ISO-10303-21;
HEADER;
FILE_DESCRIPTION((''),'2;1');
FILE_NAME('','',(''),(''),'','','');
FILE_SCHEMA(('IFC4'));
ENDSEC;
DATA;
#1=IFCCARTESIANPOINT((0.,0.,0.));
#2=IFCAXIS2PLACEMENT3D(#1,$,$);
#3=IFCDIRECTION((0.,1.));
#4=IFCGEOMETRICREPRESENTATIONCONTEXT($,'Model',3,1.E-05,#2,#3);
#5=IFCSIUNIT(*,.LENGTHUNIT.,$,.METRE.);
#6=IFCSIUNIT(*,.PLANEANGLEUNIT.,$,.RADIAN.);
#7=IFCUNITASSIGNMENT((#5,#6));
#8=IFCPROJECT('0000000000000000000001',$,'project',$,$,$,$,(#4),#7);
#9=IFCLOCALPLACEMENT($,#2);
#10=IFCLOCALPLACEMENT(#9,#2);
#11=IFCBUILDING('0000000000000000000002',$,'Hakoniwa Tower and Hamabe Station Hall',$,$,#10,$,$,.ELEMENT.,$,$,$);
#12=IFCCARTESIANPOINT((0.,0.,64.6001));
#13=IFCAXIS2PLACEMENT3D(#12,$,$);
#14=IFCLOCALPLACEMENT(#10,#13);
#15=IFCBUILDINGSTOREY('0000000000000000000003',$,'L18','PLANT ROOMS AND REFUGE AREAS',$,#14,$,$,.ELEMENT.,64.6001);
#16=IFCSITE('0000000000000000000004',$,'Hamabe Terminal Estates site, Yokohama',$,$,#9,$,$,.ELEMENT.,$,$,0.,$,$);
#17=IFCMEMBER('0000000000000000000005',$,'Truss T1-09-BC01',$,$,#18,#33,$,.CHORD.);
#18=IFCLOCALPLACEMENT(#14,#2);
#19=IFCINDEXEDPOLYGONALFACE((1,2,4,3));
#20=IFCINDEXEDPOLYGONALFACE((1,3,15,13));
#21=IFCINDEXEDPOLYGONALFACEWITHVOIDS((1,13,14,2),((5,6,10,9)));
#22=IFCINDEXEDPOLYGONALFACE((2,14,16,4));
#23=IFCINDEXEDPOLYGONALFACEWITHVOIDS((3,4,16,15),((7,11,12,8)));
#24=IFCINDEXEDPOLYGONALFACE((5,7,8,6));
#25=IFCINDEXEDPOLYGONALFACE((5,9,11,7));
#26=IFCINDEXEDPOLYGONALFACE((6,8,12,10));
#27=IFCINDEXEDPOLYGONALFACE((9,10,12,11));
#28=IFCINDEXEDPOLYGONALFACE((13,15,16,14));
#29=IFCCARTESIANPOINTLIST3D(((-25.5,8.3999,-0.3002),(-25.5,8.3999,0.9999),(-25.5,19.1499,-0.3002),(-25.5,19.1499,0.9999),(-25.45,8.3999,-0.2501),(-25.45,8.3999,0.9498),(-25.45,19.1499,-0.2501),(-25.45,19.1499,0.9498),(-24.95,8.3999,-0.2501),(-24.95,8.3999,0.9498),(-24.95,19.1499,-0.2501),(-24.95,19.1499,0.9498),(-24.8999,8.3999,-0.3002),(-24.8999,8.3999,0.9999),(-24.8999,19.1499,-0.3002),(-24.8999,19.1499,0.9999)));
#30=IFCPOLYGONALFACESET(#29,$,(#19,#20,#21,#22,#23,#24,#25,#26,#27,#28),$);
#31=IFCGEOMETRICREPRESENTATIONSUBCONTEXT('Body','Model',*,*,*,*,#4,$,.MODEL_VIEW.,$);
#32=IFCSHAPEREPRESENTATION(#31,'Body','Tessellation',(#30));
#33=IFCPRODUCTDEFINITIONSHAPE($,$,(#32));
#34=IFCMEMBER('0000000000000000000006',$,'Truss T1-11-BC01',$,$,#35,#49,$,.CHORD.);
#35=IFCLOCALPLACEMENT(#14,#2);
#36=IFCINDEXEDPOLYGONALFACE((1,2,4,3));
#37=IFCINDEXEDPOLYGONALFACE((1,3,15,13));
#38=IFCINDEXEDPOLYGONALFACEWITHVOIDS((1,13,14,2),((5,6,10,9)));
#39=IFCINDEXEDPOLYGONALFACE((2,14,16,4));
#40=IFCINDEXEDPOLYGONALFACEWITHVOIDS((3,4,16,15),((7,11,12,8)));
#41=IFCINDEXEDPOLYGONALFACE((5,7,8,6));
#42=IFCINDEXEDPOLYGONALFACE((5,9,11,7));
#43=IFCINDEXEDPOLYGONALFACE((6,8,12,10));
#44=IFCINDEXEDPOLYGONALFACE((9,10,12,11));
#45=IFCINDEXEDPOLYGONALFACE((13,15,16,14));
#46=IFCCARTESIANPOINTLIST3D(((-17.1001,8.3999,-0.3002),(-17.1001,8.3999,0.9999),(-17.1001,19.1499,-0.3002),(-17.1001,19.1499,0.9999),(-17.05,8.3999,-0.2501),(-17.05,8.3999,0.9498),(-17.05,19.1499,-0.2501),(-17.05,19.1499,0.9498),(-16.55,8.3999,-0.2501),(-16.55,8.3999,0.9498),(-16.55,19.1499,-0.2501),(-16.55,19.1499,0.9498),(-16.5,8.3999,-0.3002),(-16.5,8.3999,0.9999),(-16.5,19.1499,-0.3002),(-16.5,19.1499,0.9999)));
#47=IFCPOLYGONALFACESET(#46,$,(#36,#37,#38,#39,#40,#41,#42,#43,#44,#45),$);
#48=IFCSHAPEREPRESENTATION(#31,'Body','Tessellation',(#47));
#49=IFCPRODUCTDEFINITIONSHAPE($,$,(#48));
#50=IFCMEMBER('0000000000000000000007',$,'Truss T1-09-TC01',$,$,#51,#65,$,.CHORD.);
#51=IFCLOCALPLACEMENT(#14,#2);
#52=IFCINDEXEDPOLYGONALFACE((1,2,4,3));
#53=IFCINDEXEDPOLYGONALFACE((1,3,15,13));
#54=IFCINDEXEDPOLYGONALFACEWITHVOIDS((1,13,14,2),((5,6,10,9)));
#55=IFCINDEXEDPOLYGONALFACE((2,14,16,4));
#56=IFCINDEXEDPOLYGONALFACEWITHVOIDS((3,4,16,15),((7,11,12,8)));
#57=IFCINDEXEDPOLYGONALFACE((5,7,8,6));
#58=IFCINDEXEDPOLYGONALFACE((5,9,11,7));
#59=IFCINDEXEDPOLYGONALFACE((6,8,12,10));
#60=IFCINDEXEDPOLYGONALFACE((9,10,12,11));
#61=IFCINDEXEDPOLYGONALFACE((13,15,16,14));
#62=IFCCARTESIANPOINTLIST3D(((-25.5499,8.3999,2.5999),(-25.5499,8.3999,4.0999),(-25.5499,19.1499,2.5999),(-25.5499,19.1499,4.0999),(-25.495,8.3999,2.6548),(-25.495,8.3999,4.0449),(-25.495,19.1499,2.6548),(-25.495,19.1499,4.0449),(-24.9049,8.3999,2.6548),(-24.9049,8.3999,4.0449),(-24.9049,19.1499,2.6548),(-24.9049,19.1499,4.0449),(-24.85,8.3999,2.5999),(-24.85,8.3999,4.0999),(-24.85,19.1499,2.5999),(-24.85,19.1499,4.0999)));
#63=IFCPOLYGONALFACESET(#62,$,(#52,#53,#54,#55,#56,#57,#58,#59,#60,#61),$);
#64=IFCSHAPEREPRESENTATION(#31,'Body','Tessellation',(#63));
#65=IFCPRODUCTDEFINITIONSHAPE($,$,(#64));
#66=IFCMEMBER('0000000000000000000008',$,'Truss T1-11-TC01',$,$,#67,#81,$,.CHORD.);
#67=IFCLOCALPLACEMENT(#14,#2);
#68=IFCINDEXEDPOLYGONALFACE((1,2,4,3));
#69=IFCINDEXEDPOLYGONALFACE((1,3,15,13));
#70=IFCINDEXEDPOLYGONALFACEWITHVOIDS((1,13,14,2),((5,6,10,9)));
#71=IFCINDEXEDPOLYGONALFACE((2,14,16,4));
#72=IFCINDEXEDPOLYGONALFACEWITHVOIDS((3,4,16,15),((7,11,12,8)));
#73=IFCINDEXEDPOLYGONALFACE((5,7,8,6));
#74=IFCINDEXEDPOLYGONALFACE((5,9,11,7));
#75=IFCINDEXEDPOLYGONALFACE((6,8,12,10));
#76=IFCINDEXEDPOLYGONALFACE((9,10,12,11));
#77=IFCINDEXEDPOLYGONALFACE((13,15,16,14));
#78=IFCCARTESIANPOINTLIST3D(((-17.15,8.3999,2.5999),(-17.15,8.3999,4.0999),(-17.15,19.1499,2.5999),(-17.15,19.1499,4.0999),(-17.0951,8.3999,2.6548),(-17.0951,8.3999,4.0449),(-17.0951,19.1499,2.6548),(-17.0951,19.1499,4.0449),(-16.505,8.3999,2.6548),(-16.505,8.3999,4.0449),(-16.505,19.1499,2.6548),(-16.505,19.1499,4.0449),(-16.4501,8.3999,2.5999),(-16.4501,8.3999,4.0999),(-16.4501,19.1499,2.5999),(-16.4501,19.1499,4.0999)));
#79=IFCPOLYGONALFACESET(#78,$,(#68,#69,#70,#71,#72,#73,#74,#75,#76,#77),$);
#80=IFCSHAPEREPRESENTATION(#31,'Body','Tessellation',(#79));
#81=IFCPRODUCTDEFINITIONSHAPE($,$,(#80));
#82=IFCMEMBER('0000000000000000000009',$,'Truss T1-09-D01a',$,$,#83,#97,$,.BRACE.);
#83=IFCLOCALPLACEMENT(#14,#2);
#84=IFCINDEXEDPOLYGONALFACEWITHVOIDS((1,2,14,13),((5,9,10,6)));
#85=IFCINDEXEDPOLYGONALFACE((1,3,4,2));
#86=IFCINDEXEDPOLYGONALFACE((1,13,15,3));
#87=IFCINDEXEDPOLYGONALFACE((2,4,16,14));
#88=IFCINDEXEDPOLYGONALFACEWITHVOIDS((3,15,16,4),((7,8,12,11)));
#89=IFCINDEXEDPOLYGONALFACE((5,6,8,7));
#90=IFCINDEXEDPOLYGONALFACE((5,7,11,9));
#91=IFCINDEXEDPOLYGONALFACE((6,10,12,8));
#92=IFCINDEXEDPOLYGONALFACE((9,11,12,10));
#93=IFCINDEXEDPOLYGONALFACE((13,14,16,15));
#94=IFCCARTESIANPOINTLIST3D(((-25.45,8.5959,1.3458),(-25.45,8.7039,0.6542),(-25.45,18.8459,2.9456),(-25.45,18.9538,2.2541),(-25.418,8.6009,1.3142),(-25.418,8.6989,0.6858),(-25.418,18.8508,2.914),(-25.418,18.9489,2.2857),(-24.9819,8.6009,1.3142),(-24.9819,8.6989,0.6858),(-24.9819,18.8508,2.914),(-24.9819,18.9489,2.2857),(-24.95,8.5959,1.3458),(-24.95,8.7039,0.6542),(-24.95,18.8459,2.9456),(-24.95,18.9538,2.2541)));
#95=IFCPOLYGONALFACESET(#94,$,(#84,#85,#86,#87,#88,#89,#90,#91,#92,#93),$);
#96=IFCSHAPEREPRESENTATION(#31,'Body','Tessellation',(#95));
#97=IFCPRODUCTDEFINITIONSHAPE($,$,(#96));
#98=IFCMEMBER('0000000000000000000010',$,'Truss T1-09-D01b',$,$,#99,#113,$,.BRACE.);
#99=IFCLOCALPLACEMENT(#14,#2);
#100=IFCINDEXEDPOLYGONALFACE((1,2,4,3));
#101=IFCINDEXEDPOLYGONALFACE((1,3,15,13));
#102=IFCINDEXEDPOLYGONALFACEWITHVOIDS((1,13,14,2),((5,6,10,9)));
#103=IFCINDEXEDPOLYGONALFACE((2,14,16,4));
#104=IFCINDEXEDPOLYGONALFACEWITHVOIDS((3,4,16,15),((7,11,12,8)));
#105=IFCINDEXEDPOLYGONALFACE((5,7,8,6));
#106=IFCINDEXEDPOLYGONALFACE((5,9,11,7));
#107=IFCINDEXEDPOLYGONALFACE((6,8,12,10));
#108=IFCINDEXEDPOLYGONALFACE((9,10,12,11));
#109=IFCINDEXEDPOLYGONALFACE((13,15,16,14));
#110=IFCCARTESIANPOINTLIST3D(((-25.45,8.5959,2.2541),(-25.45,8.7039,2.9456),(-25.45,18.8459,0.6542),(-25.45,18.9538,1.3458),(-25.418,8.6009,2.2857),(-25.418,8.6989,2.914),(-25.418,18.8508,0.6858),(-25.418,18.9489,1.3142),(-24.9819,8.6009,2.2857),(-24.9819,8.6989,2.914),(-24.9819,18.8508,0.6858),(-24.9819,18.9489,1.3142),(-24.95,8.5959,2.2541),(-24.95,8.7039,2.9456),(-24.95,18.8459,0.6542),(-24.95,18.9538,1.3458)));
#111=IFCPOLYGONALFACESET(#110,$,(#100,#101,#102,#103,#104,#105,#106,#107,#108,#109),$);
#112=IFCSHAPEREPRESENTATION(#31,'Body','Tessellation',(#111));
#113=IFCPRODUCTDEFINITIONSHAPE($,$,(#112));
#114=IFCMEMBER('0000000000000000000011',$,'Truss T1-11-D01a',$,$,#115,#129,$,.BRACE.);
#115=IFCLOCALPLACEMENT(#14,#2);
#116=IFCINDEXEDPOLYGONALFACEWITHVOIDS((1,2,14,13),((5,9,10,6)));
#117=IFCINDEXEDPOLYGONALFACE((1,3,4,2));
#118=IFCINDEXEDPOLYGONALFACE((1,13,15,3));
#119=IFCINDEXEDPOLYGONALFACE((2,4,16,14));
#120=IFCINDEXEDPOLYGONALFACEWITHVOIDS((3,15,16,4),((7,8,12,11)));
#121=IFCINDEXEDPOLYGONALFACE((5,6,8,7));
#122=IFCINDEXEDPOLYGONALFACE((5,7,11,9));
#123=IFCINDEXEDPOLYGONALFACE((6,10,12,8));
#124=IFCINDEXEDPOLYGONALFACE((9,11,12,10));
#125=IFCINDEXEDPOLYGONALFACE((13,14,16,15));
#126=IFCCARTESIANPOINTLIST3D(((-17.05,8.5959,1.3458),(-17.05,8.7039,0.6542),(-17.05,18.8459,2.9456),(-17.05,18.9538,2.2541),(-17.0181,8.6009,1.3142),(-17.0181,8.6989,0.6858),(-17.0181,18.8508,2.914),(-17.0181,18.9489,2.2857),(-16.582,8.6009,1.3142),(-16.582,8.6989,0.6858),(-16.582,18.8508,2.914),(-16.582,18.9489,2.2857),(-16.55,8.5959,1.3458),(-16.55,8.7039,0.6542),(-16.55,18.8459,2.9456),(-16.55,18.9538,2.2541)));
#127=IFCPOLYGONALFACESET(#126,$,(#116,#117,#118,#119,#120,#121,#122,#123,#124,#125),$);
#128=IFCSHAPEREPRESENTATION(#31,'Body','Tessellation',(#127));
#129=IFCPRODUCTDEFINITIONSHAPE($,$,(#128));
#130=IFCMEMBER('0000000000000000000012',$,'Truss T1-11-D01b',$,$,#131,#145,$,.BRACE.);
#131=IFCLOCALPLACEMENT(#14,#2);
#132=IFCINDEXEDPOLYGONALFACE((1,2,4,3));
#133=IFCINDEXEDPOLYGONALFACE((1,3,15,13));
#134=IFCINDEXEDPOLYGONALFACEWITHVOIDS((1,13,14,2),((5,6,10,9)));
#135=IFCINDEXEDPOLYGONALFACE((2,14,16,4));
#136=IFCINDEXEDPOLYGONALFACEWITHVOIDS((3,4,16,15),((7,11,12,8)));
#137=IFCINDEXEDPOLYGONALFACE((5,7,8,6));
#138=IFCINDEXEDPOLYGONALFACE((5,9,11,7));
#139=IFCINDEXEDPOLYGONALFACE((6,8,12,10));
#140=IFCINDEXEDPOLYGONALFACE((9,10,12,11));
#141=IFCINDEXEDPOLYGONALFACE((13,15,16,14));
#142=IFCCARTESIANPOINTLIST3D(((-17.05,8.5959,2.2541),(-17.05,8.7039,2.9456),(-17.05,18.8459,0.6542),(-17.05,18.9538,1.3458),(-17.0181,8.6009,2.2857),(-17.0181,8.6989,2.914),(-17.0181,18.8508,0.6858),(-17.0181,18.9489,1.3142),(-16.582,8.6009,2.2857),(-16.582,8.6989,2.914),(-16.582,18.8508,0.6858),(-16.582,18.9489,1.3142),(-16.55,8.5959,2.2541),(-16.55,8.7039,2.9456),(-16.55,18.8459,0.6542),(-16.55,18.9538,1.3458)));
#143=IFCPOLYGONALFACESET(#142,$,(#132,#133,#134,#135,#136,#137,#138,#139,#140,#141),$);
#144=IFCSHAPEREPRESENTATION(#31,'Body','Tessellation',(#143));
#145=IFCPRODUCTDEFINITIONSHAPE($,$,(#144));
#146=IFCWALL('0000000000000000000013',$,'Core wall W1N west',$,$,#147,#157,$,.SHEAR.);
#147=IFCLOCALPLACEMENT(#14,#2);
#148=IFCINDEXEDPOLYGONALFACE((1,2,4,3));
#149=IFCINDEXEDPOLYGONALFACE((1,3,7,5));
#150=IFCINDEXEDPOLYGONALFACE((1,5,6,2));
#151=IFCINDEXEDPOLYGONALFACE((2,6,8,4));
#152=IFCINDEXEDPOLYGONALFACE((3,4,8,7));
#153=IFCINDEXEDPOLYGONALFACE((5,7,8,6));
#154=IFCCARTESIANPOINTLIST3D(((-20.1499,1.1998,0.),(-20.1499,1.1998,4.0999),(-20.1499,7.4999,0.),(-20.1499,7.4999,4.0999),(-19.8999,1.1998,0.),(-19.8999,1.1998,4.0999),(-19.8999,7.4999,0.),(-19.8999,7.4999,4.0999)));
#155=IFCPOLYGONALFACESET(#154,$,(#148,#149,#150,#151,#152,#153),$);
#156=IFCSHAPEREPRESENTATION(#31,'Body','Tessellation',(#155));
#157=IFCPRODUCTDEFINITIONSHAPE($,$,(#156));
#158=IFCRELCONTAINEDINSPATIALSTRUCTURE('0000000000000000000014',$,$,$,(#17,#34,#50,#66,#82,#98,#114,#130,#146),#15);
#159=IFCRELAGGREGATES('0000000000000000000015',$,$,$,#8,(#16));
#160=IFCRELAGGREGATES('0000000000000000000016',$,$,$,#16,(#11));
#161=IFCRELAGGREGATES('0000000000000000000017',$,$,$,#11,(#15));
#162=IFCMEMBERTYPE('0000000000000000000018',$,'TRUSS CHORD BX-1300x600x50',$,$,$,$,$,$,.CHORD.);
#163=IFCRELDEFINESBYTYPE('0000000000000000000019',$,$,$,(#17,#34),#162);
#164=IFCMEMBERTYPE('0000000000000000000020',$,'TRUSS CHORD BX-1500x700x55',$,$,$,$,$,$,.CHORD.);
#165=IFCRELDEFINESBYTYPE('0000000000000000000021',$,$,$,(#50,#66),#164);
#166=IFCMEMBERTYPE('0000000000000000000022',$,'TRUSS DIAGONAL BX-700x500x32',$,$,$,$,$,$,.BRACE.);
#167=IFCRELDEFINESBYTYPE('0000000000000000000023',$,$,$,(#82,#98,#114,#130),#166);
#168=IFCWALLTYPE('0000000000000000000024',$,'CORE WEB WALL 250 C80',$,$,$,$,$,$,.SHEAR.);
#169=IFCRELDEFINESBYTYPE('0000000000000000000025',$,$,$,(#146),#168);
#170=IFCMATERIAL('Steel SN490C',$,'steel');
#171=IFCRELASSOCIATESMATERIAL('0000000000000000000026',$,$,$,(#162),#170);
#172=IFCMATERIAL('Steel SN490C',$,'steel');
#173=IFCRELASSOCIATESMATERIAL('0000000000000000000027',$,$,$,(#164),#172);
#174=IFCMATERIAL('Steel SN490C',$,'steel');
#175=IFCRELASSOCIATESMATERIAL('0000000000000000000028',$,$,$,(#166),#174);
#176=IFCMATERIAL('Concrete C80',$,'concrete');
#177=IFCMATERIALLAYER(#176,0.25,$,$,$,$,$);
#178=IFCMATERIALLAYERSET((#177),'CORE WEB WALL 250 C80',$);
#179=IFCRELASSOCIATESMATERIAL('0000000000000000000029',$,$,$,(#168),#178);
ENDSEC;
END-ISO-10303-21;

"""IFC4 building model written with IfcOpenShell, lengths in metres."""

from ifc_helpers import new_model, si_unit, direction, frame, frame_2d, origin, origin_2d, place, context, subcontext, project, spatial, rectangle, hollow_rectangle, extrude, material, layer, layer_set, material_profile, profile_set, type_object, element, save


model = new_model("IFC4")

# Units and contexts
model_context = context("Model", 3, precision=1e-05, world=origin(), true_north=direction((0.0, 1.0)))
body_context = subcontext(model_context, "Body", "Model", "MODEL_VIEW")
ifc_project = project(units=[si_unit("LENGTHUNIT", "METRE"), si_unit("PLANEANGLEUNIT", "RADIAN")], contexts=[model_context])

# Site, building, storey
site_placement = place(None, origin())
site = spatial("IfcSite", under=ifc_project, at=site_placement, Name="Hamabe Terminal Estates site, Yokohama", CompositionType="ELEMENT", RefElevation=0.0)
building_placement = place(site_placement, origin())
building = spatial("IfcBuilding", under=site, at=building_placement, Name="Hakoniwa Tower and Hamabe Station Hall", CompositionType="ELEMENT")
storey_placement = place(building_placement, frame((0.0, 0.0, 64.6001)))
storey = spatial("IfcBuildingStorey", under=building, at=storey_placement, Name="L18", Description="PLANT ROOMS AND REFUGE AREAS", CompositionType="ELEMENT", Elevation=64.6001)

# Members
ifc_material_1 = material(Name="Steel SN490C", Category="steel")
ifc_material_profile_1 = material_profile(ifc_material_1, hollow_rectangle(XDim=0.6001, YDim=1.3, WallThickness=0.05, at=origin_2d()), Name="BX-1300x600x50")
ifc_profile_set_1 = profile_set([ifc_material_profile_1], Name="Steel SN490C")
member_type_1 = type_object("IfcMemberType", Name="TRUSS CHORD BX-1300x600x50", PredefinedType="CHORD", material=ifc_profile_set_1)
for number, where, z_axis, x_axis, name in (
    (1, (-25.2, 8.3999, 0.3499), (0.0, 1.0, 0.0), (-1.0, 0.0, 0.0), "Truss T1-09-BC01"),
    (2, (-16.8, 8.3999, 0.3499), (0.0, 1.0, 0.0), (-1.0, 0.0, 0.0), "Truss T1-11-BC01"),
):
    element("IfcMember", number, at=place(storey_placement, frame(where, z_axis=z_axis, x_axis=x_axis)), inside=storey, type_object=member_type_1, Name=name, PredefinedType="CHORD", context=body_context, shape_type="SweptSolid", body=[
        extrude(hollow_rectangle(XDim=0.6001, YDim=1.3, WallThickness=0.05, at=origin_2d()), origin(), (0.0, 0.0, 1.0), 10.75),
    ])
ifc_material_2 = material(Name="Steel SN490C", Category="steel")
ifc_material_profile_2 = material_profile(ifc_material_2, hollow_rectangle(XDim=0.7, YDim=1.5, WallThickness=0.0549, at=origin_2d()), Name="BX-1500x700x55")
ifc_profile_set_2 = profile_set([ifc_material_profile_2], Name="Steel SN490C")
member_type_2 = type_object("IfcMemberType", Name="TRUSS CHORD BX-1500x700x55", PredefinedType="CHORD", material=ifc_profile_set_2)
for number, where, z_axis, x_axis, name in (
    (3, (-25.2, 8.3999, 3.3499), (0.0, 1.0, 0.0), (-1.0, 0.0, 0.0), "Truss T1-09-TC01"),
    (4, (-16.8, 8.3999, 3.3499), (0.0, 1.0, 0.0), (-1.0, 0.0, 0.0), "Truss T1-11-TC01"),
):
    element("IfcMember", number, at=place(storey_placement, frame(where, z_axis=z_axis, x_axis=x_axis)), inside=storey, type_object=member_type_2, Name=name, PredefinedType="CHORD", context=body_context, shape_type="SweptSolid", body=[
        extrude(hollow_rectangle(XDim=0.7, YDim=1.5, WallThickness=0.0549, at=origin_2d()), origin(), (0.0, 0.0, 1.0), 10.75),
    ])
ifc_material_3 = material(Name="Steel SN490C", Category="steel")
ifc_material_profile_3 = material_profile(ifc_material_3, hollow_rectangle(XDim=0.5, YDim=0.7, WallThickness=0.032, at=origin_2d()), Name="BX-700x500x32")
ifc_profile_set_3 = profile_set([ifc_material_profile_3], Name="Steel SN490C")
member_type_3 = type_object("IfcMemberType", Name="TRUSS DIAGONAL BX-700x500x32", PredefinedType="BRACE", material=ifc_profile_set_3)
for number, where, z_axis, x_axis, name in (
    (5, (-25.2, 8.6499, 1.0), (0.0, 0.988037, 0.154216), (-1.0, 0.0, 0.0), "Truss T1-09-D01a"),
    (6, (-25.2, 8.6499, 2.5999), (0.0, 0.988037, -0.154216), (-1.0, 0.0, 0.0), "Truss T1-09-D01b"),
    (7, (-16.8, 8.6499, 1.0), (0.0, 0.988037, 0.154216), (-1.0, 0.0, 0.0), "Truss T1-11-D01a"),
    (8, (-16.8, 8.6499, 2.5999), (0.0, 0.988037, -0.154216), (-1.0, 0.0, 0.0), "Truss T1-11-D01b"),
):
    element("IfcMember", number, at=place(storey_placement, frame(where, z_axis=z_axis, x_axis=x_axis)), inside=storey, type_object=member_type_3, Name=name, PredefinedType="BRACE", context=body_context, shape_type="SweptSolid", body=[
        extrude(hollow_rectangle(XDim=0.5, YDim=0.7, WallThickness=0.032, at=origin_2d()), origin(), (0.0, 0.0, 1.0), 10.374),
    ])

# Wall
ifc_material_4 = material(Name="Concrete C80", Category="concrete")
ifc_layer_1 = layer(ifc_material_4, 0.25)
ifc_layer_set_1 = layer_set([ifc_layer_1], Name="CORE WEB WALL 250 C80")
wall_type_1 = type_object("IfcWallType", Name="CORE WEB WALL 250 C80", PredefinedType="SHEAR", material=ifc_layer_set_1)
wall_1_placement = place(storey_placement, frame((-20.0249, 1.2, 0.0), z_axis=(0.0, 0.0, 1.0), x_axis=(0.0, 1.0, 0.0)))
element("IfcWall", 9, at=wall_1_placement, inside=storey, type_object=wall_type_1, Name="Core wall W1N west", PredefinedType="SHEAR", context=body_context, shape_type="SweptSolid", body=[
    extrude(rectangle(XDim=6.3, YDim=0.25, at=frame_2d((3.1499, 0.0))), origin(), (0.0, 0.0, 1.0), 4.0999),
])

save(model, "model.ifc")
